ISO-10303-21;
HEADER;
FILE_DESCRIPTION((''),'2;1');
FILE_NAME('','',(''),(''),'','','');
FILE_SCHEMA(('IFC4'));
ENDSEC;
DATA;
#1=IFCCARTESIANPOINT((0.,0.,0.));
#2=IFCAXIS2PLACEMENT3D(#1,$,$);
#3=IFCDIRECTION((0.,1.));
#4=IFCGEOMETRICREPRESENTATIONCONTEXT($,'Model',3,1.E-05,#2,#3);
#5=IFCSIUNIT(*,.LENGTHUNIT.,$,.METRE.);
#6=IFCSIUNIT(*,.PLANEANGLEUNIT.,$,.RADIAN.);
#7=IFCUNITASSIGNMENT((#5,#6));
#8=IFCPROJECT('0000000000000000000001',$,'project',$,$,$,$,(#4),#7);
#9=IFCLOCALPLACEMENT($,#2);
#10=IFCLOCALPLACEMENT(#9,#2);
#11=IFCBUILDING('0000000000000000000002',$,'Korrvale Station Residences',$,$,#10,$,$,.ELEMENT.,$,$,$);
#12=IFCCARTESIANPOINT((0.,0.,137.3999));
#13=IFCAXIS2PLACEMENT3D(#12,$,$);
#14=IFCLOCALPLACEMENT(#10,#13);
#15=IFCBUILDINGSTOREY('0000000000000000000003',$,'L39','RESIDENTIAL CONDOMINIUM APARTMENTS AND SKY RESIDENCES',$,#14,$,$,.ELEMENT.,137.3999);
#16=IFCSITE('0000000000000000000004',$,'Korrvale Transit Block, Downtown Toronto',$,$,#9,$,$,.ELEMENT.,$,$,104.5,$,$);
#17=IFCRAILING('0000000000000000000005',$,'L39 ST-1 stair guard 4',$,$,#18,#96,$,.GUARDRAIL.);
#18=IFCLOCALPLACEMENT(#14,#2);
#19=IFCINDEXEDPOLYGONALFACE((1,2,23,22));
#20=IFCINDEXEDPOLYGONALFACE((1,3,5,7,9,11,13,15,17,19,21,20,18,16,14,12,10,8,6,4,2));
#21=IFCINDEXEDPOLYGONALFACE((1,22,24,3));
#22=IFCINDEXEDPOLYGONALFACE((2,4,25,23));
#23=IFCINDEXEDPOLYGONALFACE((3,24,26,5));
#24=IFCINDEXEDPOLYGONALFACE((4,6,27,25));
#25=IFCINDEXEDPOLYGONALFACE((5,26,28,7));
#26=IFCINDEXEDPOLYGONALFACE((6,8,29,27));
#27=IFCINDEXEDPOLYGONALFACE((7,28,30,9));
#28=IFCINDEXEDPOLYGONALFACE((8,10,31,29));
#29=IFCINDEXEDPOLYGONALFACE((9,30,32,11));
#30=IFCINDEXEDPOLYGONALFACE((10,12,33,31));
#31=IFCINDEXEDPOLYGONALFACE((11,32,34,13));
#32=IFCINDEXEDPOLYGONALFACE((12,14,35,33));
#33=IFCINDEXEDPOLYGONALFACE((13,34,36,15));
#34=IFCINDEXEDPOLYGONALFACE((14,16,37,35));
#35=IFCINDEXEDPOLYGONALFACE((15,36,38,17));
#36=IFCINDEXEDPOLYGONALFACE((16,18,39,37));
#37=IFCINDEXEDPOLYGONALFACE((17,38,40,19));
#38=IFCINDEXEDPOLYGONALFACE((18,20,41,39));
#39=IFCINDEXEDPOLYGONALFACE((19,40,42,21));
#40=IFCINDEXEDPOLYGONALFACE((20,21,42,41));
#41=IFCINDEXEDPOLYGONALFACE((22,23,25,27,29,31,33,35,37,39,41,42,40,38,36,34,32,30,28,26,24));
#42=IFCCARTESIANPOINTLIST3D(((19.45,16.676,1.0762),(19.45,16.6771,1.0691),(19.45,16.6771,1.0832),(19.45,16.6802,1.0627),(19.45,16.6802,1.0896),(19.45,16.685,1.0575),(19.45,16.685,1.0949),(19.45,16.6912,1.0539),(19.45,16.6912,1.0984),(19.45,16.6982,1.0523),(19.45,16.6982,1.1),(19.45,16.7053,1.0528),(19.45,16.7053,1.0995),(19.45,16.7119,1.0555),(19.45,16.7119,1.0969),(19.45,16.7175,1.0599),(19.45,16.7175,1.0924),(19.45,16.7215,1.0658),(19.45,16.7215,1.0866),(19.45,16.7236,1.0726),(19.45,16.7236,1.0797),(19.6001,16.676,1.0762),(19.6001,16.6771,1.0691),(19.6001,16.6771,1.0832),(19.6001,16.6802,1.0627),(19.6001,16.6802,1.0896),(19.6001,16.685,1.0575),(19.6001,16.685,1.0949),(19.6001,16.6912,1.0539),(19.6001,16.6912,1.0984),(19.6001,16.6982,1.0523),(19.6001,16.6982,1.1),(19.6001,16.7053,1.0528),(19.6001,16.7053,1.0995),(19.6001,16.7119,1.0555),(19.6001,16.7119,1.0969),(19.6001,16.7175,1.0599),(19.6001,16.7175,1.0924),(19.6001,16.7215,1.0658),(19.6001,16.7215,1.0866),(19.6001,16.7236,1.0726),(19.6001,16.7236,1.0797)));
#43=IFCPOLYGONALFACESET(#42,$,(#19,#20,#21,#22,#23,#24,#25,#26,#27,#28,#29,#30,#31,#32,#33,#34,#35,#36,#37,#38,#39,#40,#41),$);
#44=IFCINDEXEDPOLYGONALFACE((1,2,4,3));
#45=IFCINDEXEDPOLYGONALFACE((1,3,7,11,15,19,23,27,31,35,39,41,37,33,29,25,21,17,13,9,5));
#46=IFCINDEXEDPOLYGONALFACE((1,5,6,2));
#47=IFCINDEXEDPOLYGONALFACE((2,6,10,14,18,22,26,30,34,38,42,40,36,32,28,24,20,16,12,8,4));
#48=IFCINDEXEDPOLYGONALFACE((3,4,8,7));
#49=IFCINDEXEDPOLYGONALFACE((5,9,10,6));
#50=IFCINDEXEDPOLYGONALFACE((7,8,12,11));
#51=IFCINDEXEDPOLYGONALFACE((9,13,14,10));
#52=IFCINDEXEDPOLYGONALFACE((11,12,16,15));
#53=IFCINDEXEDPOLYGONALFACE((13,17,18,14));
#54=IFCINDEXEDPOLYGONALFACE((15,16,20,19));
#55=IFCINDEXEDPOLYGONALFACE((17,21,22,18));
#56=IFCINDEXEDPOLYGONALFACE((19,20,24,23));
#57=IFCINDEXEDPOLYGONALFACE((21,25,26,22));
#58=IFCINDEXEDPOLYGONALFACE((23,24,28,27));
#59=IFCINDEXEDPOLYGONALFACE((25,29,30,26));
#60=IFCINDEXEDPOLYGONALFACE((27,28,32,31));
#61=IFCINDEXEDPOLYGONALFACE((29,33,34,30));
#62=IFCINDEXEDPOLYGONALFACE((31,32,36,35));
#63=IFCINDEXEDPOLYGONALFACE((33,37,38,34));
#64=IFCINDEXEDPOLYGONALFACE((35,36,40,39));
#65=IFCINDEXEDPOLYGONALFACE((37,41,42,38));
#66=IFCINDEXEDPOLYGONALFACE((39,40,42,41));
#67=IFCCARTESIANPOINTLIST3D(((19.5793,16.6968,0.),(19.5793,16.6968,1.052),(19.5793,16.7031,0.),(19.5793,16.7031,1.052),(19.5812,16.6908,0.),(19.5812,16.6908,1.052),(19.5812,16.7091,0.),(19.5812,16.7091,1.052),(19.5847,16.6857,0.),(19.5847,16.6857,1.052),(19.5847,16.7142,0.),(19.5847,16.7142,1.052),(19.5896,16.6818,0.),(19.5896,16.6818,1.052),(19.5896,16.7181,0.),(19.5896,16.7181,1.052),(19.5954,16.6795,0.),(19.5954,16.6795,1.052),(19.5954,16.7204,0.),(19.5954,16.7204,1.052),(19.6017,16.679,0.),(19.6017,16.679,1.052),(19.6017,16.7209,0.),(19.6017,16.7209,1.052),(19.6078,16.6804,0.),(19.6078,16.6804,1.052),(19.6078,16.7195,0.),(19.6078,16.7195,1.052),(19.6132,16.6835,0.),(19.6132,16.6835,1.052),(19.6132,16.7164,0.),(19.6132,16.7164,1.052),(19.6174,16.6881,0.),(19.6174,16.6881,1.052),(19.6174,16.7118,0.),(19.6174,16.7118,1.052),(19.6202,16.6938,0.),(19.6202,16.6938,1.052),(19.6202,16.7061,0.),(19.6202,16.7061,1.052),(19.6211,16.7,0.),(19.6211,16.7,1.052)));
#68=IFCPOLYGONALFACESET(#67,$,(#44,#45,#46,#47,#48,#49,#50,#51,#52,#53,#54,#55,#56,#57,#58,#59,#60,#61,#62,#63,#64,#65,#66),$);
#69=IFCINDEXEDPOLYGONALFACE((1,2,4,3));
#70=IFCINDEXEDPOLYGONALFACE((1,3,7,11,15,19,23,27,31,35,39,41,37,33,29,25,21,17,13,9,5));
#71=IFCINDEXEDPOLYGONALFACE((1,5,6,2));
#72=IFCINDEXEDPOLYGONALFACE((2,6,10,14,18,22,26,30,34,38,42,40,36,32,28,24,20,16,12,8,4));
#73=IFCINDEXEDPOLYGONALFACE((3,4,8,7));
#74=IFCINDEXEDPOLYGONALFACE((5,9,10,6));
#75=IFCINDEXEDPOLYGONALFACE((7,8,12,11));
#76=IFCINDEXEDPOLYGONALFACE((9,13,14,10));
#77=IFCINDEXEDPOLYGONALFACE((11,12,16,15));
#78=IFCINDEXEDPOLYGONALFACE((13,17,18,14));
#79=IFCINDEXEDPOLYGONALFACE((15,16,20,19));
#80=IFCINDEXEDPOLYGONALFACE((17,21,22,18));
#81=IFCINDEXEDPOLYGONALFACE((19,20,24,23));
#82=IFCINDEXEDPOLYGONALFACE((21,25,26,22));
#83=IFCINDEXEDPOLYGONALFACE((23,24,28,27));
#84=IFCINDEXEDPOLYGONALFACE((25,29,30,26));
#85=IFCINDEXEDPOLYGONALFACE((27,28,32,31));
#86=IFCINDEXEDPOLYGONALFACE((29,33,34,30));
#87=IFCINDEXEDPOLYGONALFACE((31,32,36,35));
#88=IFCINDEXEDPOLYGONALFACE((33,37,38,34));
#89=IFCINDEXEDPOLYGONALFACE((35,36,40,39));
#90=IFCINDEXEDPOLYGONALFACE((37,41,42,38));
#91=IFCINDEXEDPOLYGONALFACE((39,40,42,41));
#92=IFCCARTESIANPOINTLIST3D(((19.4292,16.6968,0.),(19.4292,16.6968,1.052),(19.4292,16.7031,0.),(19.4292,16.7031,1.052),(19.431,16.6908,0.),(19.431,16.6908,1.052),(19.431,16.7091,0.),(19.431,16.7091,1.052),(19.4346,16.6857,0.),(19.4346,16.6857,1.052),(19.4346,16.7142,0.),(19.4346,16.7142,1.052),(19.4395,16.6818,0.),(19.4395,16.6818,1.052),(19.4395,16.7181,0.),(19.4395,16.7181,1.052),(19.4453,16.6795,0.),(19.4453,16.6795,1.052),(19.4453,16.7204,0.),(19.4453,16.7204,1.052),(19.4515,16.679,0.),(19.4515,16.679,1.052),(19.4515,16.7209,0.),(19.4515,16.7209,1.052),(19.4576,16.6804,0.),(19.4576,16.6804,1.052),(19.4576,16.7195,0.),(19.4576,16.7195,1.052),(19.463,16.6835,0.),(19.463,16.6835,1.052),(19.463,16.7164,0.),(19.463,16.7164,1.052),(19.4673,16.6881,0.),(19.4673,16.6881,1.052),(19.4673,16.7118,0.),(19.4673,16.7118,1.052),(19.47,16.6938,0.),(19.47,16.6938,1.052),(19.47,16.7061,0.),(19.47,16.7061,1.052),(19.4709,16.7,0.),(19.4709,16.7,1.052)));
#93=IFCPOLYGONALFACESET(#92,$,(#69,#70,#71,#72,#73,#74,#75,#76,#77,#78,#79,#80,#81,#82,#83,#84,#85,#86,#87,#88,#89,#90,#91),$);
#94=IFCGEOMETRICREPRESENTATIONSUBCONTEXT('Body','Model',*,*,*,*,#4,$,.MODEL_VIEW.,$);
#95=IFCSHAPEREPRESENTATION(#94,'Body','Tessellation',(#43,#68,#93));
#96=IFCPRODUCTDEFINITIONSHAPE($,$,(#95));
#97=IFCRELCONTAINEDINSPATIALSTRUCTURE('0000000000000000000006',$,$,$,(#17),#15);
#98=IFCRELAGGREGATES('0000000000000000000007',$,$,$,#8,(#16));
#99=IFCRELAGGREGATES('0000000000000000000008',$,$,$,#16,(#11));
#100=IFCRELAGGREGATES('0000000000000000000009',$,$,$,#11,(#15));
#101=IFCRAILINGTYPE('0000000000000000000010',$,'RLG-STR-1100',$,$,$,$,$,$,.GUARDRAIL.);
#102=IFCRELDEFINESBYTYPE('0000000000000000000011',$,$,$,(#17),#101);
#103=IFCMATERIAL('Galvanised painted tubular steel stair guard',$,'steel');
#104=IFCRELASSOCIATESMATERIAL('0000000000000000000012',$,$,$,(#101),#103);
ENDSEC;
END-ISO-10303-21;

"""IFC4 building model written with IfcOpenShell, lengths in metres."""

from ifc_helpers import new_model, si_unit, direction, frame, origin, origin_2d, place, context, subcontext, project, spatial, circle, extrude, material, type_object, element, save


model = new_model("IFC4")

# Units and contexts
model_context = context("Model", 3, precision=1e-05, world=origin(), true_north=direction((0.0, 1.0)))
body_context = subcontext(model_context, "Body", "Model", "MODEL_VIEW")
ifc_project = project(units=[si_unit("LENGTHUNIT", "METRE"), si_unit("PLANEANGLEUNIT", "RADIAN")], contexts=[model_context])

# Site, building, storey
site_placement = place(None, origin())
site = spatial("IfcSite", under=ifc_project, at=site_placement, Name="Korrvale Transit Block, Downtown Toronto", CompositionType="ELEMENT", RefElevation=104.5)
building_placement = place(site_placement, origin())
building = spatial("IfcBuilding", under=site, at=building_placement, Name="Korrvale Station Residences", CompositionType="ELEMENT")
storey_placement = place(building_placement, frame((0.0, 0.0, 137.3999)))
storey = spatial("IfcBuildingStorey", under=building, at=storey_placement, Name="L39", Description="RESIDENTIAL CONDOMINIUM APARTMENTS AND SKY RESIDENCES", CompositionType="ELEMENT", Elevation=137.3999)

# Railing
ifc_material_1 = material(Name="Galvanised painted tubular steel stair guard", Category="steel")
railing_type_1 = type_object("IfcRailingType", Name="RLG-STR-1100", PredefinedType="GUARDRAIL", material=ifc_material_1)
railing_1_placement = place(storey_placement, frame((19.6001, 16.7, 0.0)))
element("IfcRailing", 1, at=railing_1_placement, inside=storey, type_object=railing_type_1, Name="L39 ST-1 stair guard 4", PredefinedType="GUARDRAIL", context=body_context, shape_type="SweptSolid", body=[
    extrude(circle(Radius=0.0239, at=origin_2d()), frame((0.0, 0.0, 1.0762), z_axis=(-1.0, 0.0, 0.0), x_axis=(0.0, -1.0, 0.0)), (0.0, 0.0, 1.0), 0.1501),
    extrude(circle(Radius=0.021, at=origin_2d()), origin(), (0.0, 0.0, 1.0), 1.052),
    extrude(circle(Radius=0.021, at=origin_2d()), frame((-0.1501, 0.0, 0.0)), (0.0, 0.0, 1.0), 1.052),
])

save(model, "model.ifc")
